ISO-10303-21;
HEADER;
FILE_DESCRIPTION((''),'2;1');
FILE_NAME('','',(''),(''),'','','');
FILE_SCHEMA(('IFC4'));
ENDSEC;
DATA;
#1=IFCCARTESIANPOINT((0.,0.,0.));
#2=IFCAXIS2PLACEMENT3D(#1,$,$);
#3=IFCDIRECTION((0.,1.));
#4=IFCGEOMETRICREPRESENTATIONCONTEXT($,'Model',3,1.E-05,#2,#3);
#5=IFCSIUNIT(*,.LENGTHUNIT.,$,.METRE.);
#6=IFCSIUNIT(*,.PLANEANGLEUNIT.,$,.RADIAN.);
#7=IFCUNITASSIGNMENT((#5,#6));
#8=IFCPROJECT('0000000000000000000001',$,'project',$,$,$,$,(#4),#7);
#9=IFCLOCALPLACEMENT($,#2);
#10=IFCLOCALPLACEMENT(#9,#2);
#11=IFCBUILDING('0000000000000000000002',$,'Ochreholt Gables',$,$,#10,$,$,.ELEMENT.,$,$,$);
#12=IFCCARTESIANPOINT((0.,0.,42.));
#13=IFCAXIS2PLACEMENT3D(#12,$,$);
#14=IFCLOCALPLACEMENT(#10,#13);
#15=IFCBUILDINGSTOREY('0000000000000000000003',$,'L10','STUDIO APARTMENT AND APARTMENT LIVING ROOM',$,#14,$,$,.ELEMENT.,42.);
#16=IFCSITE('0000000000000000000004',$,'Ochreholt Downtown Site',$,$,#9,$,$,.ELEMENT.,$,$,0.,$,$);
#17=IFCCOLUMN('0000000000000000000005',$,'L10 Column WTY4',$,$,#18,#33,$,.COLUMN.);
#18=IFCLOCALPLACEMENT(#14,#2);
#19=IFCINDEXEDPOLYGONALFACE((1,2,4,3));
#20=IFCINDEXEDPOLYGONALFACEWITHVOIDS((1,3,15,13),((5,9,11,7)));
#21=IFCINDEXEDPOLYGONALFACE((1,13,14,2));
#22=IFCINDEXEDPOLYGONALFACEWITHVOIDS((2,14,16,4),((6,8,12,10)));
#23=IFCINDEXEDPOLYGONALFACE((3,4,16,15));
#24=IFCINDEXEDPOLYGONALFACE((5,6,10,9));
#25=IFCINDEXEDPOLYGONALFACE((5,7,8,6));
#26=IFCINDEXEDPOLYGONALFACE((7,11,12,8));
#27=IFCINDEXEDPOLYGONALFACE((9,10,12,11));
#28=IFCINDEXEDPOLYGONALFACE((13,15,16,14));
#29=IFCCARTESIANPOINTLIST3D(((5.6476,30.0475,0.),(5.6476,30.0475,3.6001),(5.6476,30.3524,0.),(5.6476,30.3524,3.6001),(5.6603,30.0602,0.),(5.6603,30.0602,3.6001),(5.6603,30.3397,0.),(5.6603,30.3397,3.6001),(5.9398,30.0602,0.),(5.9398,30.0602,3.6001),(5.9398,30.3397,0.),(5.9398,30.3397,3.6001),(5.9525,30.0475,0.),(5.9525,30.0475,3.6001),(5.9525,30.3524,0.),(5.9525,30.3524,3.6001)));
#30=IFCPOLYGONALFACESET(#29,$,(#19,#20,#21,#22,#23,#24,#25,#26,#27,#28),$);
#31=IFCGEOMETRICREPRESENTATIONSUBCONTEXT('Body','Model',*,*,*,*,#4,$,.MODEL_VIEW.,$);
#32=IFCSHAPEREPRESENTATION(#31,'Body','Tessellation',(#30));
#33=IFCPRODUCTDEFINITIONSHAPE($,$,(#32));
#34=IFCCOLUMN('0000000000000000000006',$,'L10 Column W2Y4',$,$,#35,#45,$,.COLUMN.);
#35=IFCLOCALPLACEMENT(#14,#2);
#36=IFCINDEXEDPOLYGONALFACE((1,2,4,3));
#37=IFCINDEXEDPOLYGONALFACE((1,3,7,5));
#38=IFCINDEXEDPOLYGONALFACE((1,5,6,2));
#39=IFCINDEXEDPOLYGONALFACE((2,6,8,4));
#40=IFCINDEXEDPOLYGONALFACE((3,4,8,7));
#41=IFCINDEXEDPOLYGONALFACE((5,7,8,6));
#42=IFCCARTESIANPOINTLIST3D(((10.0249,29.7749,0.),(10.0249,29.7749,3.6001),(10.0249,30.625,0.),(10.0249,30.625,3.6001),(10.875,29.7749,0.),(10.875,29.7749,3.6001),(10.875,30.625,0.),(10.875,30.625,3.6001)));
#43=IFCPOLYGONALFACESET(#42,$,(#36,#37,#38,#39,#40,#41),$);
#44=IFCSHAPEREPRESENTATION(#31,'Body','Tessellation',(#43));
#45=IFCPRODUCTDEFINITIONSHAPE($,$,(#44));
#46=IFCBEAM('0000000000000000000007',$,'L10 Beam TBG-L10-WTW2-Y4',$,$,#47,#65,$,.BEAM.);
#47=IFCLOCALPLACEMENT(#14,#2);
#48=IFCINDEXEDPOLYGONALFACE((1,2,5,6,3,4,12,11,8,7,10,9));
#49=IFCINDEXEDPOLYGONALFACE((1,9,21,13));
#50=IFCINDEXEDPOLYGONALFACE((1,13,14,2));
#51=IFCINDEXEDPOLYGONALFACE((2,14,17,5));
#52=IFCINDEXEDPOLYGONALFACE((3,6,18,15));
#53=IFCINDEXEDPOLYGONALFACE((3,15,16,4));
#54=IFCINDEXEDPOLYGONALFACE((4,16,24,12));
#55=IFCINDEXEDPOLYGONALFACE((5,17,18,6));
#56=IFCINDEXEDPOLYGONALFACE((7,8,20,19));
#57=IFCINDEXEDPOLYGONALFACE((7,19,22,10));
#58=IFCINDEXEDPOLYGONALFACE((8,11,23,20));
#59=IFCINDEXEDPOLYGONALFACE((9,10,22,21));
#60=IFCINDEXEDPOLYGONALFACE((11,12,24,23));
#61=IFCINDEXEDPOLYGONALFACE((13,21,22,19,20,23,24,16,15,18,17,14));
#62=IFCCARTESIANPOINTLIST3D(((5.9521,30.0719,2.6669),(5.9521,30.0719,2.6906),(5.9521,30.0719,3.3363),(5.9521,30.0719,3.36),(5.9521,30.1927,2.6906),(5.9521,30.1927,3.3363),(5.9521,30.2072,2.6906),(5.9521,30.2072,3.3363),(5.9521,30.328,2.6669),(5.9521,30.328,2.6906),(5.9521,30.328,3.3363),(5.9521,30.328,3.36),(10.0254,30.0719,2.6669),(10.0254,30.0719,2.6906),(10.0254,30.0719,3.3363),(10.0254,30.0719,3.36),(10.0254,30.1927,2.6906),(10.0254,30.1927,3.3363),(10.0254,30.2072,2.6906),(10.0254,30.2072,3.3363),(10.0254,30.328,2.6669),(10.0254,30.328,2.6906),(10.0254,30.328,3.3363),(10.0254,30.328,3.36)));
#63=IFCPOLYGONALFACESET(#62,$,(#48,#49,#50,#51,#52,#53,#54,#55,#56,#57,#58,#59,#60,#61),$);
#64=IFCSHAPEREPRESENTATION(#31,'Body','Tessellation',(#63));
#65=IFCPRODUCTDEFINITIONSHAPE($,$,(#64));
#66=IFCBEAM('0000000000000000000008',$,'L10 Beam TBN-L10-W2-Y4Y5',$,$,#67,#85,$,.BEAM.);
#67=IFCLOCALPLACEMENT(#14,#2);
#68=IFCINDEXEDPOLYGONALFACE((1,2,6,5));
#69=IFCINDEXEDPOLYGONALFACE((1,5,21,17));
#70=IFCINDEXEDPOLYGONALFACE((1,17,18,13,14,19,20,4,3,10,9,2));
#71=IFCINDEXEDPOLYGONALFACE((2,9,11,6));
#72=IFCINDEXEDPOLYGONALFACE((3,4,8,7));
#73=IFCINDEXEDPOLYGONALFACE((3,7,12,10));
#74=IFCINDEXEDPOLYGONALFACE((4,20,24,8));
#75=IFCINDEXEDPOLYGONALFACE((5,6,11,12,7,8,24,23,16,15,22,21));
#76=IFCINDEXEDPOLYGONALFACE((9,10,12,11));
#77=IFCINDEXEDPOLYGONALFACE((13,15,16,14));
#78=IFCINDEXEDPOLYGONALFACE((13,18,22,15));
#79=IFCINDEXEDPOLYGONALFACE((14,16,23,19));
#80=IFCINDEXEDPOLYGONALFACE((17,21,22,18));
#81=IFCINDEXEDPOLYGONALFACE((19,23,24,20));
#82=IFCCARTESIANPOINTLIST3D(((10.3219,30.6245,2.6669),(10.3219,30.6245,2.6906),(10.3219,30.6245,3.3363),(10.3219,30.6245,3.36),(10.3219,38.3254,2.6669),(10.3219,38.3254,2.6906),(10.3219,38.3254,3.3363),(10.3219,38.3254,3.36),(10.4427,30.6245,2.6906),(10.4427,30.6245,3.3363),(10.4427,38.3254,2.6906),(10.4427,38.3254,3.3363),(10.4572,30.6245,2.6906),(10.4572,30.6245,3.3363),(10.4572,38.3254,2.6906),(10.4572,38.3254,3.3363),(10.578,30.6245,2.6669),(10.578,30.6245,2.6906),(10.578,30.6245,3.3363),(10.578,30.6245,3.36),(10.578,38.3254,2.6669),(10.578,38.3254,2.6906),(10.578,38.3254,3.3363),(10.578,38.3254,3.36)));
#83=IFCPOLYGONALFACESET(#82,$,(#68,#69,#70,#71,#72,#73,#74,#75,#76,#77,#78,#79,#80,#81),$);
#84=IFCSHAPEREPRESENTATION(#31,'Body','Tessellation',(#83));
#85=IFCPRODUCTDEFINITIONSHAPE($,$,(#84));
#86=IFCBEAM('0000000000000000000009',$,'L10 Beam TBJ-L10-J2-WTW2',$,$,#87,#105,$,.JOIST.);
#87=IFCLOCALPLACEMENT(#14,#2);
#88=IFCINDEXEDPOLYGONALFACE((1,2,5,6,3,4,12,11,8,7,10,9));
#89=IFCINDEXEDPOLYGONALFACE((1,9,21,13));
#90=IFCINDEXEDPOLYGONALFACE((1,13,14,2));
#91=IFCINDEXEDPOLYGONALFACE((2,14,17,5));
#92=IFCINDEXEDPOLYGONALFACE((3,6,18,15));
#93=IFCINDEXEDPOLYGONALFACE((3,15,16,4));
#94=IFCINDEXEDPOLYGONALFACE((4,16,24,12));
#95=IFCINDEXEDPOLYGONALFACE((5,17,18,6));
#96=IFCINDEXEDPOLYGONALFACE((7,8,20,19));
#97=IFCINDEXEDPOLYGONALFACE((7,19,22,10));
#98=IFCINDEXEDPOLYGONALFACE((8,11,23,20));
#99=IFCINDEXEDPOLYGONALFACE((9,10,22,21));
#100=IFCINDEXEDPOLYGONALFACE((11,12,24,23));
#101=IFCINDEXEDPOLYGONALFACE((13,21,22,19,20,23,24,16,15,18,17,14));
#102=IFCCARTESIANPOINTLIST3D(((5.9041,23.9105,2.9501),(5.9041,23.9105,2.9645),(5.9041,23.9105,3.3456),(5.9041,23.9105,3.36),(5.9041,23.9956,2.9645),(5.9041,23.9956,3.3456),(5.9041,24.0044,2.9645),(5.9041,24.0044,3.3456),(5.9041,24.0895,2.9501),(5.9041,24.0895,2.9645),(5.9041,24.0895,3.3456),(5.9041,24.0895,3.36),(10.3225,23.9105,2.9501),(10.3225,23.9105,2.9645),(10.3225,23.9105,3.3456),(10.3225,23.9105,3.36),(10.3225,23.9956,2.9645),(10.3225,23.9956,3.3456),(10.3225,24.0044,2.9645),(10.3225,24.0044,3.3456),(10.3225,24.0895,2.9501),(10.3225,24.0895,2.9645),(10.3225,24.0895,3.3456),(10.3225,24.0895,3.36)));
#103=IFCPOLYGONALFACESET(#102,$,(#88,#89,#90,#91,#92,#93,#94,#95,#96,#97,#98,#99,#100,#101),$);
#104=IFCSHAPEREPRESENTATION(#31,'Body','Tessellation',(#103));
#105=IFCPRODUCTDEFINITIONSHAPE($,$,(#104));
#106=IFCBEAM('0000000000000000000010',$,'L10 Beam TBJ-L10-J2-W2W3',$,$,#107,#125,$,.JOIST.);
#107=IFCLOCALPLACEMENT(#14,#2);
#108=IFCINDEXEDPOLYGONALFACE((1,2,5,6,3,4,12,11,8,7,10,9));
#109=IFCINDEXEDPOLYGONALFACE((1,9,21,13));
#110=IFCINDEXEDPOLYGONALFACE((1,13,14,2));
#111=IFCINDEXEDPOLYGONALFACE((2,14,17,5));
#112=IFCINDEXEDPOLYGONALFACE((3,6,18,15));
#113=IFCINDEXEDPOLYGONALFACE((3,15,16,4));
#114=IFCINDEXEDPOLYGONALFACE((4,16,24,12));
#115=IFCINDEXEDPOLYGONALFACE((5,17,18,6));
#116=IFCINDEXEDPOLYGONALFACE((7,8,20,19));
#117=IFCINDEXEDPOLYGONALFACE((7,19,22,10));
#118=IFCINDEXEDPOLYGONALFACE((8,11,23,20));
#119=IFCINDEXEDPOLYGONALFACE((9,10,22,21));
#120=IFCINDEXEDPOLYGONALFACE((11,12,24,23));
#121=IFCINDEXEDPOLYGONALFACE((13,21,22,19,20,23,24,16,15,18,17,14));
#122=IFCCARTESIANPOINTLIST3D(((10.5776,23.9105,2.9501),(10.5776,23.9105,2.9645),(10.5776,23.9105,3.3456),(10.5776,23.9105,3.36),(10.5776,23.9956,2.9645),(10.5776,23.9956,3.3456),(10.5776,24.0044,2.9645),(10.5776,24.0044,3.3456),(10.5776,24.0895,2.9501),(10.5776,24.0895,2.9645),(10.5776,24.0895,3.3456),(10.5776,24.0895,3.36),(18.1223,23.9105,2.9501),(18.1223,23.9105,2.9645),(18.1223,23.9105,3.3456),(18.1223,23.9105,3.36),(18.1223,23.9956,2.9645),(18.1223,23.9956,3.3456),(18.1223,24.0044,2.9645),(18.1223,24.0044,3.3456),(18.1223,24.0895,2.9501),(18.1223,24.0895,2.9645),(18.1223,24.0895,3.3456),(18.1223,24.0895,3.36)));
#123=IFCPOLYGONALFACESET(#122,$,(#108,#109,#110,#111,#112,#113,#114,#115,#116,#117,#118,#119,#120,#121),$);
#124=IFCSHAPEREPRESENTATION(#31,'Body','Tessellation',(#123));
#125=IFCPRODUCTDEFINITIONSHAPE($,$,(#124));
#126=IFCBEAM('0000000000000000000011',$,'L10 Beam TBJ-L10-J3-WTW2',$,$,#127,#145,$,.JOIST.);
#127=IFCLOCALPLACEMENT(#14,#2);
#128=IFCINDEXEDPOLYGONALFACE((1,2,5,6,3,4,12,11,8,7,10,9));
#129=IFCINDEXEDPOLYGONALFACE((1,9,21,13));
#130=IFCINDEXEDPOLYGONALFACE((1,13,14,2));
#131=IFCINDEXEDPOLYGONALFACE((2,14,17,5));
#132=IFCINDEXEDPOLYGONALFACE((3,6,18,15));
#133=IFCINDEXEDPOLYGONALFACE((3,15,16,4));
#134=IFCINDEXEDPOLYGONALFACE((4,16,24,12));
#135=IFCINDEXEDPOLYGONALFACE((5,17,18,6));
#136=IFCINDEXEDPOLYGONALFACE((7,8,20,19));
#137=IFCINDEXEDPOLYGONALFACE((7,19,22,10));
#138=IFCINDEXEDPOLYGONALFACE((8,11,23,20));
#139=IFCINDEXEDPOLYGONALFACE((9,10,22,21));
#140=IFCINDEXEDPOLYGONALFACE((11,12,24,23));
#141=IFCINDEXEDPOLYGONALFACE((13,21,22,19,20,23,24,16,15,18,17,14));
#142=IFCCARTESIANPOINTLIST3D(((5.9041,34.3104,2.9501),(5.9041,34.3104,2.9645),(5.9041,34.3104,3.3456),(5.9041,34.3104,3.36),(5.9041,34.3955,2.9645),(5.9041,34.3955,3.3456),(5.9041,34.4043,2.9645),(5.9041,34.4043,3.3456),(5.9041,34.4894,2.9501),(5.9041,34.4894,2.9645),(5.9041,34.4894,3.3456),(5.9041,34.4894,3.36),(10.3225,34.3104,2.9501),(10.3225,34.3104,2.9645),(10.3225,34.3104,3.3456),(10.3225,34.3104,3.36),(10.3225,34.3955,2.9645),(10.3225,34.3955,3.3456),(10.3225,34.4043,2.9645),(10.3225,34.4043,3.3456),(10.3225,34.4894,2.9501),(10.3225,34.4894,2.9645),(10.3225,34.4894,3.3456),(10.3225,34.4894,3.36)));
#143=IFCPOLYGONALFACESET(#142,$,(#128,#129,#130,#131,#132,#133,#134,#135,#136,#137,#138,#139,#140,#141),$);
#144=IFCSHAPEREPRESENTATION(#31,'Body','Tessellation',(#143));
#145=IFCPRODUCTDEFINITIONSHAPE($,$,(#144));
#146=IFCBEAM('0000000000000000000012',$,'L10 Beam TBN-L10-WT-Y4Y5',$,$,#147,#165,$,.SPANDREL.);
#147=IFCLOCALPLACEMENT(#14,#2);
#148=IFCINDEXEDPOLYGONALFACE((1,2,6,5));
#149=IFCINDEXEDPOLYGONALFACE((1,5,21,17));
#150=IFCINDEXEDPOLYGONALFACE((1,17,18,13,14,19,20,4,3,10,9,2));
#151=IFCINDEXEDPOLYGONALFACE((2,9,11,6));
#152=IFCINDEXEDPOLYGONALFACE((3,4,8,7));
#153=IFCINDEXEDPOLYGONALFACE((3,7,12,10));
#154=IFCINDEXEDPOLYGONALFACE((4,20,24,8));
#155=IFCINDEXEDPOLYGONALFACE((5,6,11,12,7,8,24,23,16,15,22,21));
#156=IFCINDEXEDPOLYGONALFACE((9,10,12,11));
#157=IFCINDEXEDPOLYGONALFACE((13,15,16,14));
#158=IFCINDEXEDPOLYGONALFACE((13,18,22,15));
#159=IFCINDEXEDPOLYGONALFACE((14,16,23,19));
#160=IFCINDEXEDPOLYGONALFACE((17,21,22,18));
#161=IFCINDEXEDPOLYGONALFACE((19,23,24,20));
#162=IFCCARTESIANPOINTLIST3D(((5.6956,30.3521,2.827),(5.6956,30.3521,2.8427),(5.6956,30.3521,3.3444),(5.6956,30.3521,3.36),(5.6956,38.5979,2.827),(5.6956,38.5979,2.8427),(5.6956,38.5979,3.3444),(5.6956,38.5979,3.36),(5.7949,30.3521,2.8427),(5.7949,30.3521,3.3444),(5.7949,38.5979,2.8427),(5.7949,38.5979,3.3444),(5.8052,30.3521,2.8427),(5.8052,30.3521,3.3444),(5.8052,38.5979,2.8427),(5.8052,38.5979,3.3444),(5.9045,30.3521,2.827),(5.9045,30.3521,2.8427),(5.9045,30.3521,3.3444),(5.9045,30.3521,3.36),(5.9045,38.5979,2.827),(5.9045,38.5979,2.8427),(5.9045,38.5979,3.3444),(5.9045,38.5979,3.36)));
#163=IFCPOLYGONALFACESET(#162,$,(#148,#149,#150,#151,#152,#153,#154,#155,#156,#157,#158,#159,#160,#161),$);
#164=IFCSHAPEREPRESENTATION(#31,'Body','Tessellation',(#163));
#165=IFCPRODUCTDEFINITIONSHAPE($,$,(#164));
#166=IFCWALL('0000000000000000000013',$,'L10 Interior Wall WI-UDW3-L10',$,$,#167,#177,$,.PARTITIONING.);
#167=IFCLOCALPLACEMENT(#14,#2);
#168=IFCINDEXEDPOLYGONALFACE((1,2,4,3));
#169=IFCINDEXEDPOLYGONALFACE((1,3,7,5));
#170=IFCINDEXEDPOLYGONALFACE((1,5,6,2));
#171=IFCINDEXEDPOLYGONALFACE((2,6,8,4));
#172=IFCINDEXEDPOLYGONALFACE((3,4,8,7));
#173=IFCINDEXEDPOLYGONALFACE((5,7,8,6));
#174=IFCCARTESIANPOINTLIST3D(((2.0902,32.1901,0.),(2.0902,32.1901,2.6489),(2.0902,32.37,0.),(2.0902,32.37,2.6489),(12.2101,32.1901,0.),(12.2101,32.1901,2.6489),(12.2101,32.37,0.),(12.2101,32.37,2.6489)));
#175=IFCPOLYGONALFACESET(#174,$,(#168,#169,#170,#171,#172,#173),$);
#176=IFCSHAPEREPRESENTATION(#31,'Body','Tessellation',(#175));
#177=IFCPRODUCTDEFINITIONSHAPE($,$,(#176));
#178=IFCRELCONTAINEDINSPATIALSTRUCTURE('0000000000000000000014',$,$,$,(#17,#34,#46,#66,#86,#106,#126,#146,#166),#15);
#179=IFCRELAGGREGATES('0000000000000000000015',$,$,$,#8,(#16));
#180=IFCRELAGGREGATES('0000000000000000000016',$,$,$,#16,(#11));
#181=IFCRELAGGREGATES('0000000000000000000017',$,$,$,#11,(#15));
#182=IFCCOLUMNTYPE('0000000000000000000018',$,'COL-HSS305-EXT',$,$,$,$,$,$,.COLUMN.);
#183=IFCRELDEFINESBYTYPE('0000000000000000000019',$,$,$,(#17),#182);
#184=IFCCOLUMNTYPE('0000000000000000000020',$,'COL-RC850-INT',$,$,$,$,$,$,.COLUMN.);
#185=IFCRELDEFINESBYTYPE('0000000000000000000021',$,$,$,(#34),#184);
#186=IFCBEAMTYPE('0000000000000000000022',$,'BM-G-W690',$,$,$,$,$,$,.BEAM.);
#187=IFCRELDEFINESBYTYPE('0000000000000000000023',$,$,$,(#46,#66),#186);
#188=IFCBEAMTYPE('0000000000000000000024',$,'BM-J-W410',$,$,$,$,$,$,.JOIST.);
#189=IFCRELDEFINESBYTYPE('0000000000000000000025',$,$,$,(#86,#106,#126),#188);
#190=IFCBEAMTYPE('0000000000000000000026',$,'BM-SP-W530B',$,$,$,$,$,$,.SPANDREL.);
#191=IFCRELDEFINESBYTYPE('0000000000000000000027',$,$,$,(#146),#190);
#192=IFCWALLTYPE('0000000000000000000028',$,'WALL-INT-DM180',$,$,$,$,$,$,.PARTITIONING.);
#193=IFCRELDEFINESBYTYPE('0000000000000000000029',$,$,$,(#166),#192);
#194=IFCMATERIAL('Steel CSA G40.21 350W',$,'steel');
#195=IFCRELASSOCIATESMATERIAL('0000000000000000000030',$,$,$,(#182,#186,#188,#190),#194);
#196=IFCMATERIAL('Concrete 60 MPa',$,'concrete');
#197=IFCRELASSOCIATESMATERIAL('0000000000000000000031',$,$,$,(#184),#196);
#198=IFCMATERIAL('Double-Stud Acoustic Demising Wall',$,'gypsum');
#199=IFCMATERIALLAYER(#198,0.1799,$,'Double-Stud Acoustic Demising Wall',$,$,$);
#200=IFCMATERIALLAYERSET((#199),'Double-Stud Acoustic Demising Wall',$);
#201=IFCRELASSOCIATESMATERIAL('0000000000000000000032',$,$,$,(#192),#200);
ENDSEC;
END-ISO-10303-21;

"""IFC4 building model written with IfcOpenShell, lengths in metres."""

from ifc_helpers import new_model, si_unit, direction, frame, frame_2d, origin, origin_2d, place, context, subcontext, project, spatial, rectangle, hollow_rectangle, i_section, extrude, material, layer, layer_set, material_profile, profile_set, type_object, element, save


model = new_model("IFC4")

# Units and contexts
model_context = context("Model", 3, precision=1e-05, world=origin(), true_north=direction((0.0, 1.0)))
body_context = subcontext(model_context, "Body", "Model", "MODEL_VIEW")
ifc_project = project(units=[si_unit("LENGTHUNIT", "METRE"), si_unit("PLANEANGLEUNIT", "RADIAN")], contexts=[model_context])

# Site, building, storey
site_placement = place(None, origin())
site = spatial("IfcSite", under=ifc_project, at=site_placement, Name="Ochreholt Downtown Site", CompositionType="ELEMENT", RefElevation=0.0)
building_placement = place(site_placement, origin())
building = spatial("IfcBuilding", under=site, at=building_placement, Name="Ochreholt Gables", CompositionType="ELEMENT")
storey_placement = place(building_placement, frame((0.0, 0.0, 42.0)))
storey = spatial("IfcBuildingStorey", under=building, at=storey_placement, Name="L10", Description="STUDIO APARTMENT AND APARTMENT LIVING ROOM", CompositionType="ELEMENT", Elevation=42.0)

# Columns
ifc_material_1 = material(Name="Steel CSA G40.21 350W", Category="steel")
ifc_material_profile_1 = material_profile(ifc_material_1, hollow_rectangle(XDim=0.3049, YDim=0.3049, WallThickness=0.0127, at=origin_2d()), Name="HSS305X305X13")
ifc_profile_set_1 = profile_set([ifc_material_profile_1], Name="Steel CSA G40.21 350W")
column_type_1 = type_object("IfcColumnType", Name="COL-HSS305-EXT", PredefinedType="COLUMN", material=ifc_profile_set_1)
column_1_placement = place(storey_placement, frame((5.8, 30.2, 0.0), z_axis=(0.0, 0.0, 1.0), x_axis=(1.0, 0.0, 0.0)))
element("IfcColumn", 1, at=column_1_placement, inside=storey, type_object=column_type_1, Name="L10 Column WTY4", PredefinedType="COLUMN", context=body_context, shape_type="SweptSolid", body=[
    extrude(hollow_rectangle(XDim=0.3049, YDim=0.3049, WallThickness=0.0127, at=origin_2d()), origin(), (0.0, 0.0, 1.0), 3.6001),
])
ifc_material_2 = material(Name="Concrete 60 MPa", Category="concrete")
ifc_material_profile_2 = material_profile(ifc_material_2, rectangle(XDim=0.8501, YDim=0.8501, at=origin_2d()), Name="RC850X850")
ifc_profile_set_2 = profile_set([ifc_material_profile_2], Name="Concrete 60 MPa")
column_type_2 = type_object("IfcColumnType", Name="COL-RC850-INT", PredefinedType="COLUMN", material=ifc_profile_set_2)
column_2_placement = place(storey_placement, frame((10.45, 30.2, 0.0), z_axis=(0.0, 0.0, 1.0), x_axis=(1.0, 0.0, 0.0)))
element("IfcColumn", 2, at=column_2_placement, inside=storey, type_object=column_type_2, Name="L10 Column W2Y4", PredefinedType="COLUMN", context=body_context, shape_type="SweptSolid", body=[
    extrude(rectangle(XDim=0.8501, YDim=0.8501, at=origin_2d()), origin(), (0.0, 0.0, 1.0), 3.6001),
])

# Beams
ifc_material_profile_3 = material_profile(ifc_material_1, i_section(OverallWidth=0.2561, OverallDepth=0.6931, WebThickness=0.0144, FlangeThickness=0.0237, at=origin_2d()), Name="W690X170")
ifc_profile_set_3 = profile_set([ifc_material_profile_3], Name="Steel CSA G40.21 350W")
beam_type_1 = type_object("IfcBeamType", Name="BM-G-W690", PredefinedType="BEAM", material=ifc_profile_set_3)
beam_1_placement = place(storey_placement, frame((5.9521, 30.2, 3.0134), z_axis=(1.0, 0.0, 0.0), x_axis=(0.0, 1.0, 0.0)))
element("IfcBeam", 3, at=beam_1_placement, inside=storey, type_object=beam_type_1, Name="L10 Beam TBG-L10-WTW2-Y4", PredefinedType="BEAM", context=body_context, shape_type="SweptSolid", body=[
    extrude(i_section(OverallWidth=0.2561, OverallDepth=0.6931, WebThickness=0.0144, FlangeThickness=0.0237, at=origin_2d()), origin(), (0.0, 0.0, 1.0), 4.0732),
])
beam_2_placement = place(storey_placement, frame((10.45, 30.6245, 3.0134), z_axis=(0.0, 1.0, 0.0), x_axis=(-1.0, 0.0, 0.0)))
element("IfcBeam", 4, at=beam_2_placement, inside=storey, type_object=beam_type_1, Name="L10 Beam TBN-L10-W2-Y4Y5", PredefinedType="BEAM", context=body_context, shape_type="SweptSolid", body=[
    extrude(i_section(OverallWidth=0.2561, OverallDepth=0.6931, WebThickness=0.0144, FlangeThickness=0.0237, at=origin_2d()), origin(), (0.0, 0.0, 1.0), 7.7009),
])
ifc_material_profile_4 = material_profile(ifc_material_1, i_section(OverallWidth=0.179, OverallDepth=0.4099, WebThickness=0.0088, FlangeThickness=0.0144, at=origin_2d()), Name="W410X67")
ifc_profile_set_4 = profile_set([ifc_material_profile_4], Name="Steel CSA G40.21 350W")
beam_type_2 = type_object("IfcBeamType", Name="BM-J-W410", PredefinedType="JOIST", material=ifc_profile_set_4)
beam_3_placement = place(storey_placement, frame((5.9041, 24.0, 3.155), z_axis=(1.0, 0.0, 0.0), x_axis=(0.0, 1.0, 0.0)))
element("IfcBeam", 5, at=beam_3_placement, inside=storey, type_object=beam_type_2, Name="L10 Beam TBJ-L10-J2-WTW2", PredefinedType="JOIST", context=body_context, shape_type="SweptSolid", body=[
    extrude(i_section(OverallWidth=0.179, OverallDepth=0.4099, WebThickness=0.0088, FlangeThickness=0.0144, at=origin_2d()), origin(), (0.0, 0.0, 1.0), 4.4185),
])
beam_4_placement = place(storey_placement, frame((10.5776, 24.0, 3.155), z_axis=(1.0, 0.0, 0.0), x_axis=(0.0, 1.0, 0.0)))
element("IfcBeam", 6, at=beam_4_placement, inside=storey, type_object=beam_type_2, Name="L10 Beam TBJ-L10-J2-W2W3", PredefinedType="JOIST", context=body_context, shape_type="SweptSolid", body=[
    extrude(i_section(OverallWidth=0.179, OverallDepth=0.4099, WebThickness=0.0088, FlangeThickness=0.0144, at=origin_2d()), origin(), (0.0, 0.0, 1.0), 7.5447),
])
beam_5_placement = place(storey_placement, frame((5.9041, 34.3999, 3.155), z_axis=(1.0, 0.0, 0.0), x_axis=(0.0, 1.0, 0.0)))
element("IfcBeam", 7, at=beam_5_placement, inside=storey, type_object=beam_type_2, Name="L10 Beam TBJ-L10-J3-WTW2", PredefinedType="JOIST", context=body_context, shape_type="SweptSolid", body=[
    extrude(i_section(OverallWidth=0.179, OverallDepth=0.4099, WebThickness=0.0088, FlangeThickness=0.0144, at=origin_2d()), origin(), (0.0, 0.0, 1.0), 4.4185),
])
ifc_material_profile_5 = material_profile(ifc_material_1, i_section(OverallWidth=0.209, OverallDepth=0.533, WebThickness=0.0103, FlangeThickness=0.0156, at=origin_2d()), Name="W530X92")
ifc_profile_set_5 = profile_set([ifc_material_profile_5], Name="Steel CSA G40.21 350W")
beam_type_3 = type_object("IfcBeamType", Name="BM-SP-W530B", PredefinedType="SPANDREL", material=ifc_profile_set_5)
beam_6_placement = place(storey_placement, frame((5.8, 30.3521, 3.0935), z_axis=(0.0, 1.0, 0.0), x_axis=(-1.0, 0.0, 0.0)))
element("IfcBeam", 8, at=beam_6_placement, inside=storey, type_object=beam_type_3, Name="L10 Beam TBN-L10-WT-Y4Y5", PredefinedType="SPANDREL", context=body_context, shape_type="SweptSolid", body=[
    extrude(i_section(OverallWidth=0.209, OverallDepth=0.533, WebThickness=0.0103, FlangeThickness=0.0156, at=origin_2d()), origin(), (0.0, 0.0, 1.0), 8.2458),
])

# Wall
ifc_material_3 = material(Name="Double-Stud Acoustic Demising Wall", Category="gypsum")
ifc_layer_1 = layer(ifc_material_3, 0.1799, Name="Double-Stud Acoustic Demising Wall")
ifc_layer_set_1 = layer_set([ifc_layer_1], Name="Double-Stud Acoustic Demising Wall")
wall_type_1 = type_object("IfcWallType", Name="WALL-INT-DM180", PredefinedType="PARTITIONING", material=ifc_layer_set_1)
wall_1_placement = place(storey_placement, frame((2.0901, 32.28, 0.0), z_axis=(0.0, 0.0, 1.0), x_axis=(1.0, 0.0, 0.0)))
element("IfcWall", 9, at=wall_1_placement, inside=storey, type_object=wall_type_1, Name="L10 Interior Wall WI-UDW3-L10", PredefinedType="PARTITIONING", context=body_context, shape_type="SweptSolid", body=[
    extrude(rectangle(XDim=10.1199, YDim=0.1799, at=frame_2d((5.0601, 0.0))), origin(), (0.0, 0.0, 1.0), 2.6489),
])

save(model, "model.ifc")
